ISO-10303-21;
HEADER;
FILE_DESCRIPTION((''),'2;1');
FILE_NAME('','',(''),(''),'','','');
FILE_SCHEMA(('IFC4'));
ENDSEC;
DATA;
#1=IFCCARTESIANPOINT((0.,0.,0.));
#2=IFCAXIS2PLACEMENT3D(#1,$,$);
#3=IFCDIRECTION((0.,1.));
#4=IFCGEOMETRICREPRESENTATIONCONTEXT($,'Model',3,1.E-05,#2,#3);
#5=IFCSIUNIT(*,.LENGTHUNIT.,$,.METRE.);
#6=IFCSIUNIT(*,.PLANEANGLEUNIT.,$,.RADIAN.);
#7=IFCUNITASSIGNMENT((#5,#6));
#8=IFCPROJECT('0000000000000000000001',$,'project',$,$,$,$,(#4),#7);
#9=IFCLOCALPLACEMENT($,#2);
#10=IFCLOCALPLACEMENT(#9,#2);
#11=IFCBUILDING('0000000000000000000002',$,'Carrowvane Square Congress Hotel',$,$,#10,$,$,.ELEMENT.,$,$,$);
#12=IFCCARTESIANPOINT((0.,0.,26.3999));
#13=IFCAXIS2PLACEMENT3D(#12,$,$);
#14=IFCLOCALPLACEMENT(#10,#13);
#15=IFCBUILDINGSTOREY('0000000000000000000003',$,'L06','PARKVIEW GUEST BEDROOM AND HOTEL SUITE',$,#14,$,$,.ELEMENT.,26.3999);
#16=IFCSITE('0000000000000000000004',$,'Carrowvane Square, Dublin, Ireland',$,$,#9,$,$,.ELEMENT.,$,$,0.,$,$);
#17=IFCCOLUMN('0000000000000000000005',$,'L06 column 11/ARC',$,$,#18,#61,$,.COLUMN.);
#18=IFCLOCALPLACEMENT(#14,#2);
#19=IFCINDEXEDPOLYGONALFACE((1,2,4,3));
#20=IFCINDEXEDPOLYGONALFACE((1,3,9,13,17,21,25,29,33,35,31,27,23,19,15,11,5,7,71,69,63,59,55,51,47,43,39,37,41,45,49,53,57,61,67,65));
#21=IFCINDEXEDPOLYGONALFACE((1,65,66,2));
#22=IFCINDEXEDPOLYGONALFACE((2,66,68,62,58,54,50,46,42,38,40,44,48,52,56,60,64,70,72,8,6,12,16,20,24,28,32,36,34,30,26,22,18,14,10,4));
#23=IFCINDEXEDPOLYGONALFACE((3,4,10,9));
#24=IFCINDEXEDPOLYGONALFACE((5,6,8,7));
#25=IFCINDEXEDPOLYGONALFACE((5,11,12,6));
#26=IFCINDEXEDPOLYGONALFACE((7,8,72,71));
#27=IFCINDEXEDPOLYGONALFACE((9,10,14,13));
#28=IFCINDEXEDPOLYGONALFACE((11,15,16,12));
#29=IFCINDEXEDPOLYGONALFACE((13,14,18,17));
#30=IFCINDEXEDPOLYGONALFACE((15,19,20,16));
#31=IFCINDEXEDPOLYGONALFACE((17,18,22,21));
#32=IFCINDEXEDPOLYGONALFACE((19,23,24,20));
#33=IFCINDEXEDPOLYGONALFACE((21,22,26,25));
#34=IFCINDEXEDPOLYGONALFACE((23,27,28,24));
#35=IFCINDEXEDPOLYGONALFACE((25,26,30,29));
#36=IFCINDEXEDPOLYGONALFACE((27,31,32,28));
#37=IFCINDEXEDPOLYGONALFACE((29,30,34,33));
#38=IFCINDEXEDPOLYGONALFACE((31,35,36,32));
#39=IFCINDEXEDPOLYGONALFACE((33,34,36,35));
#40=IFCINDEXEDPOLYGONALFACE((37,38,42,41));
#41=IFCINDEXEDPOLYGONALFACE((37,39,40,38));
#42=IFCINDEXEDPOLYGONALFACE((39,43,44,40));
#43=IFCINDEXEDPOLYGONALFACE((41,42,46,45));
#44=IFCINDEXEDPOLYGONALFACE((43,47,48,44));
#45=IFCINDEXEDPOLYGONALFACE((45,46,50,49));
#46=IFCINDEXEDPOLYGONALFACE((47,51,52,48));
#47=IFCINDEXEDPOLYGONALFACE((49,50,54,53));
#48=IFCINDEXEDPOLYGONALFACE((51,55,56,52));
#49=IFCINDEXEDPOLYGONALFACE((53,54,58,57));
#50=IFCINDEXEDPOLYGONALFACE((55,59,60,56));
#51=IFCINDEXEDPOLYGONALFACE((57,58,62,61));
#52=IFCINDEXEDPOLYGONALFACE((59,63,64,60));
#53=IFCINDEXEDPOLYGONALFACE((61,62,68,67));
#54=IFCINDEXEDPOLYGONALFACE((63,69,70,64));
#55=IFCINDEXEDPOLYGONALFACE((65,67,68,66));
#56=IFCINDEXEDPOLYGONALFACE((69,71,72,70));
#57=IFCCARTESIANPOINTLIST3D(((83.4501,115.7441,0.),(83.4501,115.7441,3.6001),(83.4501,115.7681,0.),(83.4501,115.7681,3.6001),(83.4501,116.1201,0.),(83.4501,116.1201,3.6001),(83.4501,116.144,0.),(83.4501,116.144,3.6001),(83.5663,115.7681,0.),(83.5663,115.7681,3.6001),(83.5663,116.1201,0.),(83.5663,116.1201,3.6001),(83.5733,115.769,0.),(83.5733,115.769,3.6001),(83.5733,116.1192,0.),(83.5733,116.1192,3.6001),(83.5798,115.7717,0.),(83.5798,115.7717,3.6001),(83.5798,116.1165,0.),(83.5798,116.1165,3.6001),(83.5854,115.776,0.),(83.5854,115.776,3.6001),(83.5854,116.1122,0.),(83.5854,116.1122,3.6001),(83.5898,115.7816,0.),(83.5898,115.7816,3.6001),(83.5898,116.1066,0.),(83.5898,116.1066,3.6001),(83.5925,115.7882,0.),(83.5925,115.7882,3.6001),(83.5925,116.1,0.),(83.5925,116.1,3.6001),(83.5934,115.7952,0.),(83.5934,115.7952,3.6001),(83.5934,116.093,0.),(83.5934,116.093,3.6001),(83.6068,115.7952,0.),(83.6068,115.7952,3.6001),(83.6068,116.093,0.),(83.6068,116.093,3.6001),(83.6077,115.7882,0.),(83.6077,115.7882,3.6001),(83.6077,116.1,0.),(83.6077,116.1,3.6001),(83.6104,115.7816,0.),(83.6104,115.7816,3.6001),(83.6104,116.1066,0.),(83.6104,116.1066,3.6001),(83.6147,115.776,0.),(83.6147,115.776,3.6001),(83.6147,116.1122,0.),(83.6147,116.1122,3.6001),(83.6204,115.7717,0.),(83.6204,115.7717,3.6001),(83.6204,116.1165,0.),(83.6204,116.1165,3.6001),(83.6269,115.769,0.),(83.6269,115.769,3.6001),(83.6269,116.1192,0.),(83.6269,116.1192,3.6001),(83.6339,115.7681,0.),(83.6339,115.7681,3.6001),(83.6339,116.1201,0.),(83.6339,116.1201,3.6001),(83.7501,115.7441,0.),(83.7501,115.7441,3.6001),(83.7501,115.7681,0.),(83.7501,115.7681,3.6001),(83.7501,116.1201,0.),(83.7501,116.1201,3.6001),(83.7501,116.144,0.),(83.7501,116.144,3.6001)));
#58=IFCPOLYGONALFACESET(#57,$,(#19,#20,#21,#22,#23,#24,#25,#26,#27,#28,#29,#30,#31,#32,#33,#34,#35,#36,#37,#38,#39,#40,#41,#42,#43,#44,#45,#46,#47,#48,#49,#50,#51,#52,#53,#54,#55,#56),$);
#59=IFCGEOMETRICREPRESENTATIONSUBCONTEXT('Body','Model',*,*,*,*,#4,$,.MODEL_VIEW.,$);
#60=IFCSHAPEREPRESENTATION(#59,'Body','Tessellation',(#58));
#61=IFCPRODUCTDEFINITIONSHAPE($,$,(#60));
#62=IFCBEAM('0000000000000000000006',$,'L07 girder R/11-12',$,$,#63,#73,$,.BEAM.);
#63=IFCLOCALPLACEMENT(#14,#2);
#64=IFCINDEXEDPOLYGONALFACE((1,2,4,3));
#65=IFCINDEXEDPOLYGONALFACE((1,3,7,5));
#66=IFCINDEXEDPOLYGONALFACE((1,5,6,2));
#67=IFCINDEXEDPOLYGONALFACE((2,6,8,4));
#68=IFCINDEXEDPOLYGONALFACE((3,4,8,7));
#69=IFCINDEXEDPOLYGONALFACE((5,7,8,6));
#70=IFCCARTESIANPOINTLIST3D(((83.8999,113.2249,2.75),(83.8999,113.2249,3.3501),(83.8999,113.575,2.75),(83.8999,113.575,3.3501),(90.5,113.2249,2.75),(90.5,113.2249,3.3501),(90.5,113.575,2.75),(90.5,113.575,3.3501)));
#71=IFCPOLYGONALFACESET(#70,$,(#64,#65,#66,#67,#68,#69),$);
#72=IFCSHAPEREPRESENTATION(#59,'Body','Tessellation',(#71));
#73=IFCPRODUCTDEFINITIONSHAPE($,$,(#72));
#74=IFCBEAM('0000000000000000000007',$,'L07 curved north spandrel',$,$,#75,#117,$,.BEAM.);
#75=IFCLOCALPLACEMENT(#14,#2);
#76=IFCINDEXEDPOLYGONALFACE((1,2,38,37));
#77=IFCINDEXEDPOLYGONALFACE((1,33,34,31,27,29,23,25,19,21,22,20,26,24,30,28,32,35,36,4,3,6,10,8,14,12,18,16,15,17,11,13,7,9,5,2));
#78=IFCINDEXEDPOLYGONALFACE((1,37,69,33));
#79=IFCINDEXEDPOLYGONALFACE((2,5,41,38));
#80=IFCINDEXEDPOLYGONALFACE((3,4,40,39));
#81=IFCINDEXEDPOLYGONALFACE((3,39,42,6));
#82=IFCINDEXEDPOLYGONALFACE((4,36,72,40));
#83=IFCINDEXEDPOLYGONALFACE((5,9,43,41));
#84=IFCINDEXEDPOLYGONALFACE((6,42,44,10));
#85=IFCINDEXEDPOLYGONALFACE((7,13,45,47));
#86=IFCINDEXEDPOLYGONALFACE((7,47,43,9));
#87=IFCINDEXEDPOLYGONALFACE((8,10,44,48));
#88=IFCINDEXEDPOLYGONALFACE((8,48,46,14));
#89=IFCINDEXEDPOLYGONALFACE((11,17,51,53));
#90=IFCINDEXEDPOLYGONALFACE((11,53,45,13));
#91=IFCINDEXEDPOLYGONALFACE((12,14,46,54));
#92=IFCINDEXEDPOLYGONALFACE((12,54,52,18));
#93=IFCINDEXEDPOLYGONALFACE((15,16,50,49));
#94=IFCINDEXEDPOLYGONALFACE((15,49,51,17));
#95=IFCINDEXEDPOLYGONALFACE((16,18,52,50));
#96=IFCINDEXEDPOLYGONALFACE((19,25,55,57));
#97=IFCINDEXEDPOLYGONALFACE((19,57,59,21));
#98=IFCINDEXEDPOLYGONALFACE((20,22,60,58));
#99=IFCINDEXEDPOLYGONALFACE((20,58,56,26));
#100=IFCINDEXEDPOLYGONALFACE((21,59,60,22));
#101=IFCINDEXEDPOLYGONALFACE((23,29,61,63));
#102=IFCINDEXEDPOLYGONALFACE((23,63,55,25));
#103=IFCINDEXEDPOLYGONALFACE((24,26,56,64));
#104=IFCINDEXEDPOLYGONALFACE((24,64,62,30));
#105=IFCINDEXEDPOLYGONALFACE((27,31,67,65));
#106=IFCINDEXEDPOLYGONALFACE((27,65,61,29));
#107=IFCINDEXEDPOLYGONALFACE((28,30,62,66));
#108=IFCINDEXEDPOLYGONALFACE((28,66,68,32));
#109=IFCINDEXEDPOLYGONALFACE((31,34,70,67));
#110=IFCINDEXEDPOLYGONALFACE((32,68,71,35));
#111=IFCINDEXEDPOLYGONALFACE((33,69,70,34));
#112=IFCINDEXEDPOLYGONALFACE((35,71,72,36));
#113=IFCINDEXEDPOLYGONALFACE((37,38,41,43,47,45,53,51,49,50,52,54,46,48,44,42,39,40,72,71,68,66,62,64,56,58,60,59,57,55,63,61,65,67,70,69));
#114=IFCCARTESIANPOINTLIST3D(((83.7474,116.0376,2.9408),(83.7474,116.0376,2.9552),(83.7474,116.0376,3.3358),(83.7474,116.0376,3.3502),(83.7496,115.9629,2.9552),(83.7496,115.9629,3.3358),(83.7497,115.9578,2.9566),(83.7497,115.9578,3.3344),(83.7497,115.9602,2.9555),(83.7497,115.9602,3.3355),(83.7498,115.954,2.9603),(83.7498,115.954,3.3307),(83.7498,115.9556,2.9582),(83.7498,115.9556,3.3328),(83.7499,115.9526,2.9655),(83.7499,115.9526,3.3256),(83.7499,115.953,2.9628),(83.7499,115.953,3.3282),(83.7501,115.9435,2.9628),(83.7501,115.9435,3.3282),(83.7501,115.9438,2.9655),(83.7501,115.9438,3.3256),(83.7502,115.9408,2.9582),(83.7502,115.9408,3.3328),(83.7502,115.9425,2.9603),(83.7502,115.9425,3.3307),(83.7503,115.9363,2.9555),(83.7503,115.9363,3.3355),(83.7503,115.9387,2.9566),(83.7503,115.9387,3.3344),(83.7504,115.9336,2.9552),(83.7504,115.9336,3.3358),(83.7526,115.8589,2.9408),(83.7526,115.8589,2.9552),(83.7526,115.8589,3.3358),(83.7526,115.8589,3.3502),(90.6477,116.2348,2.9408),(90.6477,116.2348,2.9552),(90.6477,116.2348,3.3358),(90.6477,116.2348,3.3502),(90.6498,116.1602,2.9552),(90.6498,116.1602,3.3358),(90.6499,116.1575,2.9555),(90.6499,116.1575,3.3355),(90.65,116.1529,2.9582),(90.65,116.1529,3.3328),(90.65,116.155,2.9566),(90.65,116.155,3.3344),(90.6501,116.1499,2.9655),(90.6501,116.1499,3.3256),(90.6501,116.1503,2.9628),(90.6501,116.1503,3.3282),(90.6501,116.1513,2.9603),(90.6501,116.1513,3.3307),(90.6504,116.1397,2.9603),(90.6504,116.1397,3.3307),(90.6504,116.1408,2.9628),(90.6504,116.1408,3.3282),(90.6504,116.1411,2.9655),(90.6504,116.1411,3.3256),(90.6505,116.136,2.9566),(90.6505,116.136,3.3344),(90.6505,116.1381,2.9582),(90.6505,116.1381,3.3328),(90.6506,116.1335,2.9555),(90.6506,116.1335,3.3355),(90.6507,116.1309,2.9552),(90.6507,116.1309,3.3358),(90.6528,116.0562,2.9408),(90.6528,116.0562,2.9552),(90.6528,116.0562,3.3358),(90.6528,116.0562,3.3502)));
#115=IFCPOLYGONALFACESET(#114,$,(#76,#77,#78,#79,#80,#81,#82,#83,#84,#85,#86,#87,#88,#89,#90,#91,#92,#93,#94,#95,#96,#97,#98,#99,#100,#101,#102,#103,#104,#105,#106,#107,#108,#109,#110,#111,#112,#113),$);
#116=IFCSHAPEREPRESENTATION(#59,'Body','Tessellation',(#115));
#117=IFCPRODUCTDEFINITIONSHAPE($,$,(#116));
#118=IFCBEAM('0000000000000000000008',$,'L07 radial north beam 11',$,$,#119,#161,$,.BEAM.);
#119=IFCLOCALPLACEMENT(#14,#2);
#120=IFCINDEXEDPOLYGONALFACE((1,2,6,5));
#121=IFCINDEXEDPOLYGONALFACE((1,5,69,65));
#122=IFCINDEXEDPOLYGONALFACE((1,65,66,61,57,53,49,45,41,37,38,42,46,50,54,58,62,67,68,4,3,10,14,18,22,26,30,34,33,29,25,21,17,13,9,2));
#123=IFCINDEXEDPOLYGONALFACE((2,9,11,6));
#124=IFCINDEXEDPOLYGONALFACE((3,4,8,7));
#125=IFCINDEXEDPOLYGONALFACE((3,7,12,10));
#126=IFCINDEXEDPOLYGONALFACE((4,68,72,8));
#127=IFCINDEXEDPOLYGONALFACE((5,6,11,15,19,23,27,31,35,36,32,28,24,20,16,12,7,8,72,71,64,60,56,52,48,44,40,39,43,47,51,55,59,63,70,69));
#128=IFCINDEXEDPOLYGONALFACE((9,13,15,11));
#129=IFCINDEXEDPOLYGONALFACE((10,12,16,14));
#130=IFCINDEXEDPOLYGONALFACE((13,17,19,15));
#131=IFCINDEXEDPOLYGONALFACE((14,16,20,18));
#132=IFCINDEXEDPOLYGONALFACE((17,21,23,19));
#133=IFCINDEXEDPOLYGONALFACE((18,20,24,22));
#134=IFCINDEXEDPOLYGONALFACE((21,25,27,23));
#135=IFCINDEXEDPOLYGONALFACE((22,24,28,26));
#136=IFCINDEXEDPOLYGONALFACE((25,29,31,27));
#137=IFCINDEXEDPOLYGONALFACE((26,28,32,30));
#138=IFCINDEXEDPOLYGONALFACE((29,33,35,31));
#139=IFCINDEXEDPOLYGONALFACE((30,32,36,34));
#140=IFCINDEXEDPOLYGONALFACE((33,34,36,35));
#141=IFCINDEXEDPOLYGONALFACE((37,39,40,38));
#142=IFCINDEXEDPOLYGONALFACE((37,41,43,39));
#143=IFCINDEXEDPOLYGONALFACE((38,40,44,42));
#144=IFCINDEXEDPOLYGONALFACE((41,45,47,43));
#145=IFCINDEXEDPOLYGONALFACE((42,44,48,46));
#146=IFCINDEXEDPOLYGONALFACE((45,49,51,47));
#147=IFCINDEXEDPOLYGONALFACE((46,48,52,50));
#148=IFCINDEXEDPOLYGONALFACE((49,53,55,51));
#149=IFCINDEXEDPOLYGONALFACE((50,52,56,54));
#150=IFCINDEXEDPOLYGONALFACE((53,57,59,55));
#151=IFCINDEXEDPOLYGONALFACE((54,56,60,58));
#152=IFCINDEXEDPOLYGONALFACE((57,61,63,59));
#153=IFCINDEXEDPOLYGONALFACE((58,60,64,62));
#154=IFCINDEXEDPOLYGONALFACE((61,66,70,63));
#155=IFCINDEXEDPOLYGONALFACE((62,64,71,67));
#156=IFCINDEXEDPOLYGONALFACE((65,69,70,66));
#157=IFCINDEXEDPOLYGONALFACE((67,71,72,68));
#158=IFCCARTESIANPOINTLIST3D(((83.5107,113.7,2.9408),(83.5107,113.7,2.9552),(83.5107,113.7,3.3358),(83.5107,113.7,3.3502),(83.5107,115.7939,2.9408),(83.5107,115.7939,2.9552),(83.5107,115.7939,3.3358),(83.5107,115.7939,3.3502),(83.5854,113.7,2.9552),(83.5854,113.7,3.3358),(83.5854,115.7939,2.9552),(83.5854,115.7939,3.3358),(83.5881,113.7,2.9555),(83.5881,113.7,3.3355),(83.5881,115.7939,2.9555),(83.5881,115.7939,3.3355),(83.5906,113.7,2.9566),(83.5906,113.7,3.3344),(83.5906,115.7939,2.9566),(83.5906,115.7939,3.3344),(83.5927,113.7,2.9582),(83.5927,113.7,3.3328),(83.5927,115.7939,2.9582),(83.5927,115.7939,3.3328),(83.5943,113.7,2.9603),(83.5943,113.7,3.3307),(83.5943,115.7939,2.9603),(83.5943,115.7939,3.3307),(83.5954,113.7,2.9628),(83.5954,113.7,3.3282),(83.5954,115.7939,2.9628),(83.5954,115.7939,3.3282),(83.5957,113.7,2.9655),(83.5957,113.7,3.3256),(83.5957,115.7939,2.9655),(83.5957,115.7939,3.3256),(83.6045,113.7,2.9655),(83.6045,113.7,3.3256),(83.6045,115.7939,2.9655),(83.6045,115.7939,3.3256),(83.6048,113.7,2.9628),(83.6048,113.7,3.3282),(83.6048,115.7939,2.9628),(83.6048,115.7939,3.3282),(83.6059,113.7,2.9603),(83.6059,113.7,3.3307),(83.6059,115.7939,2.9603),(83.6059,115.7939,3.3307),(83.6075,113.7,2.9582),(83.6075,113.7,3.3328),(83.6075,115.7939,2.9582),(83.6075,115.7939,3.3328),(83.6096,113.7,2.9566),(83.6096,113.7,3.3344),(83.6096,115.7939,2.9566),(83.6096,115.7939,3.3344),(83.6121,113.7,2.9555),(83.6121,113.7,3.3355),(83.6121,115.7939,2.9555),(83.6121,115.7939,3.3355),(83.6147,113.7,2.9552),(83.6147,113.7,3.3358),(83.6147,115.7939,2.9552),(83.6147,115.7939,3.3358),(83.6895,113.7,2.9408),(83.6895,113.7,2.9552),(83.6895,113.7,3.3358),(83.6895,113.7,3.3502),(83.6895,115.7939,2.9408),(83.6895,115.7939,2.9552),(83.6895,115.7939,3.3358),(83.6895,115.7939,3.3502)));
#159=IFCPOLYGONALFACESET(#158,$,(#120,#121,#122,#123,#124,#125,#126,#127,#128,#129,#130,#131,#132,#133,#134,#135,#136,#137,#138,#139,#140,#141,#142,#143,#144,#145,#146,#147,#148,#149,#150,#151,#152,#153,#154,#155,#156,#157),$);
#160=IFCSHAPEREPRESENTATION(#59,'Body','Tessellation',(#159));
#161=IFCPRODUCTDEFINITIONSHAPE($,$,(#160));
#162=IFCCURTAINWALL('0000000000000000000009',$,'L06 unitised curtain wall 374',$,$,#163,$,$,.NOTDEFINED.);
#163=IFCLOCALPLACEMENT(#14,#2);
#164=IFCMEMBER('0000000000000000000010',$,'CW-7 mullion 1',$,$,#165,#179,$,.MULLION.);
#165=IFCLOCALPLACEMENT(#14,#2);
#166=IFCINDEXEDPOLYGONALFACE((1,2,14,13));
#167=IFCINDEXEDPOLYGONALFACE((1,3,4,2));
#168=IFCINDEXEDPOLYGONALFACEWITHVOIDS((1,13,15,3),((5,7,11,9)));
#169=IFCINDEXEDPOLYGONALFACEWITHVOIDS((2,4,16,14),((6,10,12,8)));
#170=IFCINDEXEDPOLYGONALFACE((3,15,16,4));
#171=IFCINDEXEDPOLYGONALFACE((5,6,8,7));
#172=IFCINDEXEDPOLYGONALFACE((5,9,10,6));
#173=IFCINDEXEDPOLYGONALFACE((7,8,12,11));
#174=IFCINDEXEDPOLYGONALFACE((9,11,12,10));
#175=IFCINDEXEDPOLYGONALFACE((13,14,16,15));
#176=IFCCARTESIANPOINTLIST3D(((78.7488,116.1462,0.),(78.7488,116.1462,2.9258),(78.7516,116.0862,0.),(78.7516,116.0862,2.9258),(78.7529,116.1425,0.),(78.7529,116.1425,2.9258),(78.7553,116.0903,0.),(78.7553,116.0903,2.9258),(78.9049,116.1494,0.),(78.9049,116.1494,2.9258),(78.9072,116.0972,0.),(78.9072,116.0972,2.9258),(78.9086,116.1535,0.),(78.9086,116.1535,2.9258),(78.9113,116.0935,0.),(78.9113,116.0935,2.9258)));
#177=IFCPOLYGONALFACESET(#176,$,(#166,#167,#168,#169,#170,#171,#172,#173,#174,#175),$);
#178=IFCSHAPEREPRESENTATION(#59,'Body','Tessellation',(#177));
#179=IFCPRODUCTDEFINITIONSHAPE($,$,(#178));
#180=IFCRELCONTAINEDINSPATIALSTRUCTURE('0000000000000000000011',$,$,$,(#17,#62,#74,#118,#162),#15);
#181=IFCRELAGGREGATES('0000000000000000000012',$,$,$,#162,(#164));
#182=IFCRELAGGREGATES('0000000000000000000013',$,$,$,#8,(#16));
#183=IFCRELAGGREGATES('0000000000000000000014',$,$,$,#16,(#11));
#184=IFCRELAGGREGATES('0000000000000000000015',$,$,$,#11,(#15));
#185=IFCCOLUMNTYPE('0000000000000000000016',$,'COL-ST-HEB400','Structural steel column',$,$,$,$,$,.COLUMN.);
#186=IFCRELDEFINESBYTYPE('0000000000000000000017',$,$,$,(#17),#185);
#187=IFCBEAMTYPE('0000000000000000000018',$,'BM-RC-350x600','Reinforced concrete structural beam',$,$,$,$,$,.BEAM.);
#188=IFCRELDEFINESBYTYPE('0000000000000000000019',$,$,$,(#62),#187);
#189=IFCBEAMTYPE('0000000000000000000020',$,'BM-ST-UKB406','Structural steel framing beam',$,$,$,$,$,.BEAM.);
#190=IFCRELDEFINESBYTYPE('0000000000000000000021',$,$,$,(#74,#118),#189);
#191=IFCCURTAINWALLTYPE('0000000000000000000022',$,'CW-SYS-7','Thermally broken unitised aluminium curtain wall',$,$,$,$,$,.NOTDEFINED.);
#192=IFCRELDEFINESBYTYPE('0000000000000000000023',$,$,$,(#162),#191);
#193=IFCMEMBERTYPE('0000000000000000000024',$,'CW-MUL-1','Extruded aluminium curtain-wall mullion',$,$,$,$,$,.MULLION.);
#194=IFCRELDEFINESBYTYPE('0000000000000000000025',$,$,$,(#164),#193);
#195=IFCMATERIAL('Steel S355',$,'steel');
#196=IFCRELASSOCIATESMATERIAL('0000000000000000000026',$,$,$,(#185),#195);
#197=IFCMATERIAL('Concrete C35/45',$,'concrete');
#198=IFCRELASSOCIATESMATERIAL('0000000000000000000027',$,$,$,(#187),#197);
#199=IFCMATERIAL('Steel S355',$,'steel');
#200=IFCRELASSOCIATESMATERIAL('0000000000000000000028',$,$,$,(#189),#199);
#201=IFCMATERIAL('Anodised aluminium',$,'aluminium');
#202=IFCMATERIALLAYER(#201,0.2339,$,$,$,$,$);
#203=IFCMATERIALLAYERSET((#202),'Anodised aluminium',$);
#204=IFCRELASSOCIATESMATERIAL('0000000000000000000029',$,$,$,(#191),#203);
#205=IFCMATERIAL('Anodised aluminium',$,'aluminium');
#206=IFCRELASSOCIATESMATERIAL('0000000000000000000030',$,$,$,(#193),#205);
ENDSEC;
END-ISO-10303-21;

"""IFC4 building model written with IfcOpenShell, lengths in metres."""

from ifc_helpers import new_model, si_unit, direction, frame, origin, origin_2d, place, context, subcontext, project, spatial, rectangle, hollow_rectangle, i_section, extrude, material, layer, layer_set, material_profile, profile_set, type_object, element, aggregate, save


model = new_model("IFC4")

# Units and contexts
model_context = context("Model", 3, precision=1e-05, world=origin(), true_north=direction((0.0, 1.0)))
body_context = subcontext(model_context, "Body", "Model", "MODEL_VIEW")
ifc_project = project(units=[si_unit("LENGTHUNIT", "METRE"), si_unit("PLANEANGLEUNIT", "RADIAN")], contexts=[model_context])

# Site, building, storey
site_placement = place(None, origin())
site = spatial("IfcSite", under=ifc_project, at=site_placement, Name="Carrowvane Square, Dublin, Ireland", CompositionType="ELEMENT", RefElevation=0.0)
building_placement = place(site_placement, origin())
building = spatial("IfcBuilding", under=site, at=building_placement, Name="Carrowvane Square Congress Hotel", CompositionType="ELEMENT")
storey_placement = place(building_placement, frame((0.0, 0.0, 26.3999)))
storey = spatial("IfcBuildingStorey", under=building, at=storey_placement, Name="L06", Description="PARKVIEW GUEST BEDROOM AND HOTEL SUITE", CompositionType="ELEMENT", Elevation=26.3999)

# Column
ifc_material_1 = material(Name="Steel S355", Category="steel")
ifc_material_profile_1 = material_profile(ifc_material_1, i_section(OverallWidth=0.3, OverallDepth=0.3999, WebThickness=0.0134, FlangeThickness=0.0239, FilletRadius=0.0271, at=origin_2d()), Name="HEB 400")
ifc_profile_set_1 = profile_set([ifc_material_profile_1], Name="Steel S355")
column_type = type_object("IfcColumnType", Name="COL-ST-HEB400", Description="Structural steel column", PredefinedType="COLUMN", material=ifc_profile_set_1)
column_placement = place(storey_placement, frame((83.6001, 115.9441, 0.0), z_axis=(0.0, 0.0, 1.0), x_axis=(1.0, 0.0, 0.0)))
element("IfcColumn", 1, at=column_placement, inside=storey, type_object=column_type, Name="L06 column 11/ARC", PredefinedType="COLUMN", context=body_context, shape_type="SweptSolid", body=[
    extrude(i_section(OverallWidth=0.3, OverallDepth=0.3999, WebThickness=0.0134, FlangeThickness=0.0239, FilletRadius=0.0271, at=origin_2d()), origin(), (0.0, 0.0, 1.0), 3.6001),
])

# Beams
ifc_material_2 = material(Name="Concrete C35/45", Category="concrete")
ifc_material_profile_2 = material_profile(ifc_material_2, rectangle(XDim=0.3501, YDim=0.6001, at=origin_2d()), Name="RC 350x600")
ifc_profile_set_2 = profile_set([ifc_material_profile_2], Name="Concrete C35/45")
beam_type_1 = type_object("IfcBeamType", Name="BM-RC-350x600", Description="Reinforced concrete structural beam", PredefinedType="BEAM", material=ifc_profile_set_2)
beam_1_placement = place(storey_placement, frame((83.8999, 113.3999, 3.05), z_axis=(1.0, 0.0, 0.0), x_axis=(0.0, 1.0, 0.0)))
element("IfcBeam", 2, at=beam_1_placement, inside=storey, type_object=beam_type_1, Name="L07 girder R/11-12", PredefinedType="BEAM", context=body_context, shape_type="SweptSolid", body=[
    extrude(rectangle(XDim=0.3501, YDim=0.6001, at=origin_2d()), origin(), (0.0, 0.0, 1.0), 6.6001),
])
ifc_material_3 = material(Name="Steel S355", Category="steel")
ifc_material_profile_3 = material_profile(ifc_material_3, i_section(OverallWidth=0.1787, OverallDepth=0.4094, WebThickness=0.0088, FlangeThickness=0.0144, FilletRadius=0.0103, at=origin_2d()), Name="UKB 406x178x67")
ifc_profile_set_3 = profile_set([ifc_material_profile_3], Name="Steel S355")
beam_type_2 = type_object("IfcBeamType", Name="BM-ST-UKB406", Description="Structural steel framing beam", PredefinedType="BEAM", material=ifc_profile_set_3)
beam_2_placement = place(storey_placement, frame((83.75, 115.9482, 3.1455), z_axis=(0.999592, 0.028577, 0.0), x_axis=(-0.028577, 0.999592, 0.0)))
element("IfcBeam", 3, at=beam_2_placement, inside=storey, type_object=beam_type_2, Name="L07 curved north spandrel", PredefinedType="BEAM", context=body_context, shape_type="SweptSolid", body=[
    extrude(i_section(OverallWidth=0.1787, OverallDepth=0.4094, WebThickness=0.0088, FlangeThickness=0.0144, FilletRadius=0.0103, at=origin_2d()), origin(), (0.0, 0.0, 1.0), 6.9031),
])
beam_3_placement = place(storey_placement, frame((83.6001, 113.7, 3.1455), z_axis=(0.0, 1.0, 0.0), x_axis=(-1.0, 0.0, 0.0)))
element("IfcBeam", 4, at=beam_3_placement, inside=storey, type_object=beam_type_2, Name="L07 radial north beam 11", PredefinedType="BEAM", context=body_context, shape_type="SweptSolid", body=[
    extrude(i_section(OverallWidth=0.1787, OverallDepth=0.4094, WebThickness=0.0088, FlangeThickness=0.0144, FilletRadius=0.0103, at=origin_2d()), origin(), (0.0, 0.0, 1.0), 2.094),
])

# Curtain wall, member
ifc_material_4 = material(Name="Anodised aluminium", Category="aluminium")
ifc_layer_1 = layer(ifc_material_4, 0.2339)
ifc_layer_set_1 = layer_set([ifc_layer_1], Name="Anodised aluminium")
curtain_wall_type_1 = type_object("IfcCurtainWallType", Name="CW-SYS-7", Description="Thermally broken unitised aluminium curtain wall", PredefinedType="NOTDEFINED", material=ifc_layer_set_1)
curtain_wall_1_placement = place(storey_placement, origin())
curtain_wall_1 = element("IfcCurtainWall", 5, at=curtain_wall_1_placement, inside=storey, type_object=curtain_wall_type_1, Name="L06 unitised curtain wall 374", PredefinedType="NOTDEFINED")
ifc_material_5 = material(Name="Anodised aluminium", Category="aluminium")
ifc_material_profile_4 = material_profile(ifc_material_5, hollow_rectangle(XDim=0.0601, YDim=0.1599, WallThickness=0.0039, at=origin_2d()), Name="CW-ML 60x160x4")
ifc_profile_set_4 = profile_set([ifc_material_profile_4], Name="Anodised aluminium")
member_type_1 = type_object("IfcMemberType", Name="CW-MUL-1", Description="Extruded aluminium curtain-wall mullion", PredefinedType="MULLION", material=ifc_profile_set_4)
member_1_placement = place(storey_placement, frame((78.8301, 116.1199, 0.0), z_axis=(0.0, 0.0, 1.0), x_axis=(-0.045411, 0.998968, 0.0)))
member_1 = element("IfcMember", 6, at=member_1_placement, type_object=member_type_1, Name="CW-7 mullion 1", PredefinedType="MULLION", context=body_context, shape_type="SweptSolid", body=[
    extrude(hollow_rectangle(XDim=0.0601, YDim=0.1599, WallThickness=0.0039, at=origin_2d()), origin(), (0.0, 0.0, 1.0), 2.9258),
])

aggregate(curtain_wall_1, [member_1])

save(model, "model.ifc")
